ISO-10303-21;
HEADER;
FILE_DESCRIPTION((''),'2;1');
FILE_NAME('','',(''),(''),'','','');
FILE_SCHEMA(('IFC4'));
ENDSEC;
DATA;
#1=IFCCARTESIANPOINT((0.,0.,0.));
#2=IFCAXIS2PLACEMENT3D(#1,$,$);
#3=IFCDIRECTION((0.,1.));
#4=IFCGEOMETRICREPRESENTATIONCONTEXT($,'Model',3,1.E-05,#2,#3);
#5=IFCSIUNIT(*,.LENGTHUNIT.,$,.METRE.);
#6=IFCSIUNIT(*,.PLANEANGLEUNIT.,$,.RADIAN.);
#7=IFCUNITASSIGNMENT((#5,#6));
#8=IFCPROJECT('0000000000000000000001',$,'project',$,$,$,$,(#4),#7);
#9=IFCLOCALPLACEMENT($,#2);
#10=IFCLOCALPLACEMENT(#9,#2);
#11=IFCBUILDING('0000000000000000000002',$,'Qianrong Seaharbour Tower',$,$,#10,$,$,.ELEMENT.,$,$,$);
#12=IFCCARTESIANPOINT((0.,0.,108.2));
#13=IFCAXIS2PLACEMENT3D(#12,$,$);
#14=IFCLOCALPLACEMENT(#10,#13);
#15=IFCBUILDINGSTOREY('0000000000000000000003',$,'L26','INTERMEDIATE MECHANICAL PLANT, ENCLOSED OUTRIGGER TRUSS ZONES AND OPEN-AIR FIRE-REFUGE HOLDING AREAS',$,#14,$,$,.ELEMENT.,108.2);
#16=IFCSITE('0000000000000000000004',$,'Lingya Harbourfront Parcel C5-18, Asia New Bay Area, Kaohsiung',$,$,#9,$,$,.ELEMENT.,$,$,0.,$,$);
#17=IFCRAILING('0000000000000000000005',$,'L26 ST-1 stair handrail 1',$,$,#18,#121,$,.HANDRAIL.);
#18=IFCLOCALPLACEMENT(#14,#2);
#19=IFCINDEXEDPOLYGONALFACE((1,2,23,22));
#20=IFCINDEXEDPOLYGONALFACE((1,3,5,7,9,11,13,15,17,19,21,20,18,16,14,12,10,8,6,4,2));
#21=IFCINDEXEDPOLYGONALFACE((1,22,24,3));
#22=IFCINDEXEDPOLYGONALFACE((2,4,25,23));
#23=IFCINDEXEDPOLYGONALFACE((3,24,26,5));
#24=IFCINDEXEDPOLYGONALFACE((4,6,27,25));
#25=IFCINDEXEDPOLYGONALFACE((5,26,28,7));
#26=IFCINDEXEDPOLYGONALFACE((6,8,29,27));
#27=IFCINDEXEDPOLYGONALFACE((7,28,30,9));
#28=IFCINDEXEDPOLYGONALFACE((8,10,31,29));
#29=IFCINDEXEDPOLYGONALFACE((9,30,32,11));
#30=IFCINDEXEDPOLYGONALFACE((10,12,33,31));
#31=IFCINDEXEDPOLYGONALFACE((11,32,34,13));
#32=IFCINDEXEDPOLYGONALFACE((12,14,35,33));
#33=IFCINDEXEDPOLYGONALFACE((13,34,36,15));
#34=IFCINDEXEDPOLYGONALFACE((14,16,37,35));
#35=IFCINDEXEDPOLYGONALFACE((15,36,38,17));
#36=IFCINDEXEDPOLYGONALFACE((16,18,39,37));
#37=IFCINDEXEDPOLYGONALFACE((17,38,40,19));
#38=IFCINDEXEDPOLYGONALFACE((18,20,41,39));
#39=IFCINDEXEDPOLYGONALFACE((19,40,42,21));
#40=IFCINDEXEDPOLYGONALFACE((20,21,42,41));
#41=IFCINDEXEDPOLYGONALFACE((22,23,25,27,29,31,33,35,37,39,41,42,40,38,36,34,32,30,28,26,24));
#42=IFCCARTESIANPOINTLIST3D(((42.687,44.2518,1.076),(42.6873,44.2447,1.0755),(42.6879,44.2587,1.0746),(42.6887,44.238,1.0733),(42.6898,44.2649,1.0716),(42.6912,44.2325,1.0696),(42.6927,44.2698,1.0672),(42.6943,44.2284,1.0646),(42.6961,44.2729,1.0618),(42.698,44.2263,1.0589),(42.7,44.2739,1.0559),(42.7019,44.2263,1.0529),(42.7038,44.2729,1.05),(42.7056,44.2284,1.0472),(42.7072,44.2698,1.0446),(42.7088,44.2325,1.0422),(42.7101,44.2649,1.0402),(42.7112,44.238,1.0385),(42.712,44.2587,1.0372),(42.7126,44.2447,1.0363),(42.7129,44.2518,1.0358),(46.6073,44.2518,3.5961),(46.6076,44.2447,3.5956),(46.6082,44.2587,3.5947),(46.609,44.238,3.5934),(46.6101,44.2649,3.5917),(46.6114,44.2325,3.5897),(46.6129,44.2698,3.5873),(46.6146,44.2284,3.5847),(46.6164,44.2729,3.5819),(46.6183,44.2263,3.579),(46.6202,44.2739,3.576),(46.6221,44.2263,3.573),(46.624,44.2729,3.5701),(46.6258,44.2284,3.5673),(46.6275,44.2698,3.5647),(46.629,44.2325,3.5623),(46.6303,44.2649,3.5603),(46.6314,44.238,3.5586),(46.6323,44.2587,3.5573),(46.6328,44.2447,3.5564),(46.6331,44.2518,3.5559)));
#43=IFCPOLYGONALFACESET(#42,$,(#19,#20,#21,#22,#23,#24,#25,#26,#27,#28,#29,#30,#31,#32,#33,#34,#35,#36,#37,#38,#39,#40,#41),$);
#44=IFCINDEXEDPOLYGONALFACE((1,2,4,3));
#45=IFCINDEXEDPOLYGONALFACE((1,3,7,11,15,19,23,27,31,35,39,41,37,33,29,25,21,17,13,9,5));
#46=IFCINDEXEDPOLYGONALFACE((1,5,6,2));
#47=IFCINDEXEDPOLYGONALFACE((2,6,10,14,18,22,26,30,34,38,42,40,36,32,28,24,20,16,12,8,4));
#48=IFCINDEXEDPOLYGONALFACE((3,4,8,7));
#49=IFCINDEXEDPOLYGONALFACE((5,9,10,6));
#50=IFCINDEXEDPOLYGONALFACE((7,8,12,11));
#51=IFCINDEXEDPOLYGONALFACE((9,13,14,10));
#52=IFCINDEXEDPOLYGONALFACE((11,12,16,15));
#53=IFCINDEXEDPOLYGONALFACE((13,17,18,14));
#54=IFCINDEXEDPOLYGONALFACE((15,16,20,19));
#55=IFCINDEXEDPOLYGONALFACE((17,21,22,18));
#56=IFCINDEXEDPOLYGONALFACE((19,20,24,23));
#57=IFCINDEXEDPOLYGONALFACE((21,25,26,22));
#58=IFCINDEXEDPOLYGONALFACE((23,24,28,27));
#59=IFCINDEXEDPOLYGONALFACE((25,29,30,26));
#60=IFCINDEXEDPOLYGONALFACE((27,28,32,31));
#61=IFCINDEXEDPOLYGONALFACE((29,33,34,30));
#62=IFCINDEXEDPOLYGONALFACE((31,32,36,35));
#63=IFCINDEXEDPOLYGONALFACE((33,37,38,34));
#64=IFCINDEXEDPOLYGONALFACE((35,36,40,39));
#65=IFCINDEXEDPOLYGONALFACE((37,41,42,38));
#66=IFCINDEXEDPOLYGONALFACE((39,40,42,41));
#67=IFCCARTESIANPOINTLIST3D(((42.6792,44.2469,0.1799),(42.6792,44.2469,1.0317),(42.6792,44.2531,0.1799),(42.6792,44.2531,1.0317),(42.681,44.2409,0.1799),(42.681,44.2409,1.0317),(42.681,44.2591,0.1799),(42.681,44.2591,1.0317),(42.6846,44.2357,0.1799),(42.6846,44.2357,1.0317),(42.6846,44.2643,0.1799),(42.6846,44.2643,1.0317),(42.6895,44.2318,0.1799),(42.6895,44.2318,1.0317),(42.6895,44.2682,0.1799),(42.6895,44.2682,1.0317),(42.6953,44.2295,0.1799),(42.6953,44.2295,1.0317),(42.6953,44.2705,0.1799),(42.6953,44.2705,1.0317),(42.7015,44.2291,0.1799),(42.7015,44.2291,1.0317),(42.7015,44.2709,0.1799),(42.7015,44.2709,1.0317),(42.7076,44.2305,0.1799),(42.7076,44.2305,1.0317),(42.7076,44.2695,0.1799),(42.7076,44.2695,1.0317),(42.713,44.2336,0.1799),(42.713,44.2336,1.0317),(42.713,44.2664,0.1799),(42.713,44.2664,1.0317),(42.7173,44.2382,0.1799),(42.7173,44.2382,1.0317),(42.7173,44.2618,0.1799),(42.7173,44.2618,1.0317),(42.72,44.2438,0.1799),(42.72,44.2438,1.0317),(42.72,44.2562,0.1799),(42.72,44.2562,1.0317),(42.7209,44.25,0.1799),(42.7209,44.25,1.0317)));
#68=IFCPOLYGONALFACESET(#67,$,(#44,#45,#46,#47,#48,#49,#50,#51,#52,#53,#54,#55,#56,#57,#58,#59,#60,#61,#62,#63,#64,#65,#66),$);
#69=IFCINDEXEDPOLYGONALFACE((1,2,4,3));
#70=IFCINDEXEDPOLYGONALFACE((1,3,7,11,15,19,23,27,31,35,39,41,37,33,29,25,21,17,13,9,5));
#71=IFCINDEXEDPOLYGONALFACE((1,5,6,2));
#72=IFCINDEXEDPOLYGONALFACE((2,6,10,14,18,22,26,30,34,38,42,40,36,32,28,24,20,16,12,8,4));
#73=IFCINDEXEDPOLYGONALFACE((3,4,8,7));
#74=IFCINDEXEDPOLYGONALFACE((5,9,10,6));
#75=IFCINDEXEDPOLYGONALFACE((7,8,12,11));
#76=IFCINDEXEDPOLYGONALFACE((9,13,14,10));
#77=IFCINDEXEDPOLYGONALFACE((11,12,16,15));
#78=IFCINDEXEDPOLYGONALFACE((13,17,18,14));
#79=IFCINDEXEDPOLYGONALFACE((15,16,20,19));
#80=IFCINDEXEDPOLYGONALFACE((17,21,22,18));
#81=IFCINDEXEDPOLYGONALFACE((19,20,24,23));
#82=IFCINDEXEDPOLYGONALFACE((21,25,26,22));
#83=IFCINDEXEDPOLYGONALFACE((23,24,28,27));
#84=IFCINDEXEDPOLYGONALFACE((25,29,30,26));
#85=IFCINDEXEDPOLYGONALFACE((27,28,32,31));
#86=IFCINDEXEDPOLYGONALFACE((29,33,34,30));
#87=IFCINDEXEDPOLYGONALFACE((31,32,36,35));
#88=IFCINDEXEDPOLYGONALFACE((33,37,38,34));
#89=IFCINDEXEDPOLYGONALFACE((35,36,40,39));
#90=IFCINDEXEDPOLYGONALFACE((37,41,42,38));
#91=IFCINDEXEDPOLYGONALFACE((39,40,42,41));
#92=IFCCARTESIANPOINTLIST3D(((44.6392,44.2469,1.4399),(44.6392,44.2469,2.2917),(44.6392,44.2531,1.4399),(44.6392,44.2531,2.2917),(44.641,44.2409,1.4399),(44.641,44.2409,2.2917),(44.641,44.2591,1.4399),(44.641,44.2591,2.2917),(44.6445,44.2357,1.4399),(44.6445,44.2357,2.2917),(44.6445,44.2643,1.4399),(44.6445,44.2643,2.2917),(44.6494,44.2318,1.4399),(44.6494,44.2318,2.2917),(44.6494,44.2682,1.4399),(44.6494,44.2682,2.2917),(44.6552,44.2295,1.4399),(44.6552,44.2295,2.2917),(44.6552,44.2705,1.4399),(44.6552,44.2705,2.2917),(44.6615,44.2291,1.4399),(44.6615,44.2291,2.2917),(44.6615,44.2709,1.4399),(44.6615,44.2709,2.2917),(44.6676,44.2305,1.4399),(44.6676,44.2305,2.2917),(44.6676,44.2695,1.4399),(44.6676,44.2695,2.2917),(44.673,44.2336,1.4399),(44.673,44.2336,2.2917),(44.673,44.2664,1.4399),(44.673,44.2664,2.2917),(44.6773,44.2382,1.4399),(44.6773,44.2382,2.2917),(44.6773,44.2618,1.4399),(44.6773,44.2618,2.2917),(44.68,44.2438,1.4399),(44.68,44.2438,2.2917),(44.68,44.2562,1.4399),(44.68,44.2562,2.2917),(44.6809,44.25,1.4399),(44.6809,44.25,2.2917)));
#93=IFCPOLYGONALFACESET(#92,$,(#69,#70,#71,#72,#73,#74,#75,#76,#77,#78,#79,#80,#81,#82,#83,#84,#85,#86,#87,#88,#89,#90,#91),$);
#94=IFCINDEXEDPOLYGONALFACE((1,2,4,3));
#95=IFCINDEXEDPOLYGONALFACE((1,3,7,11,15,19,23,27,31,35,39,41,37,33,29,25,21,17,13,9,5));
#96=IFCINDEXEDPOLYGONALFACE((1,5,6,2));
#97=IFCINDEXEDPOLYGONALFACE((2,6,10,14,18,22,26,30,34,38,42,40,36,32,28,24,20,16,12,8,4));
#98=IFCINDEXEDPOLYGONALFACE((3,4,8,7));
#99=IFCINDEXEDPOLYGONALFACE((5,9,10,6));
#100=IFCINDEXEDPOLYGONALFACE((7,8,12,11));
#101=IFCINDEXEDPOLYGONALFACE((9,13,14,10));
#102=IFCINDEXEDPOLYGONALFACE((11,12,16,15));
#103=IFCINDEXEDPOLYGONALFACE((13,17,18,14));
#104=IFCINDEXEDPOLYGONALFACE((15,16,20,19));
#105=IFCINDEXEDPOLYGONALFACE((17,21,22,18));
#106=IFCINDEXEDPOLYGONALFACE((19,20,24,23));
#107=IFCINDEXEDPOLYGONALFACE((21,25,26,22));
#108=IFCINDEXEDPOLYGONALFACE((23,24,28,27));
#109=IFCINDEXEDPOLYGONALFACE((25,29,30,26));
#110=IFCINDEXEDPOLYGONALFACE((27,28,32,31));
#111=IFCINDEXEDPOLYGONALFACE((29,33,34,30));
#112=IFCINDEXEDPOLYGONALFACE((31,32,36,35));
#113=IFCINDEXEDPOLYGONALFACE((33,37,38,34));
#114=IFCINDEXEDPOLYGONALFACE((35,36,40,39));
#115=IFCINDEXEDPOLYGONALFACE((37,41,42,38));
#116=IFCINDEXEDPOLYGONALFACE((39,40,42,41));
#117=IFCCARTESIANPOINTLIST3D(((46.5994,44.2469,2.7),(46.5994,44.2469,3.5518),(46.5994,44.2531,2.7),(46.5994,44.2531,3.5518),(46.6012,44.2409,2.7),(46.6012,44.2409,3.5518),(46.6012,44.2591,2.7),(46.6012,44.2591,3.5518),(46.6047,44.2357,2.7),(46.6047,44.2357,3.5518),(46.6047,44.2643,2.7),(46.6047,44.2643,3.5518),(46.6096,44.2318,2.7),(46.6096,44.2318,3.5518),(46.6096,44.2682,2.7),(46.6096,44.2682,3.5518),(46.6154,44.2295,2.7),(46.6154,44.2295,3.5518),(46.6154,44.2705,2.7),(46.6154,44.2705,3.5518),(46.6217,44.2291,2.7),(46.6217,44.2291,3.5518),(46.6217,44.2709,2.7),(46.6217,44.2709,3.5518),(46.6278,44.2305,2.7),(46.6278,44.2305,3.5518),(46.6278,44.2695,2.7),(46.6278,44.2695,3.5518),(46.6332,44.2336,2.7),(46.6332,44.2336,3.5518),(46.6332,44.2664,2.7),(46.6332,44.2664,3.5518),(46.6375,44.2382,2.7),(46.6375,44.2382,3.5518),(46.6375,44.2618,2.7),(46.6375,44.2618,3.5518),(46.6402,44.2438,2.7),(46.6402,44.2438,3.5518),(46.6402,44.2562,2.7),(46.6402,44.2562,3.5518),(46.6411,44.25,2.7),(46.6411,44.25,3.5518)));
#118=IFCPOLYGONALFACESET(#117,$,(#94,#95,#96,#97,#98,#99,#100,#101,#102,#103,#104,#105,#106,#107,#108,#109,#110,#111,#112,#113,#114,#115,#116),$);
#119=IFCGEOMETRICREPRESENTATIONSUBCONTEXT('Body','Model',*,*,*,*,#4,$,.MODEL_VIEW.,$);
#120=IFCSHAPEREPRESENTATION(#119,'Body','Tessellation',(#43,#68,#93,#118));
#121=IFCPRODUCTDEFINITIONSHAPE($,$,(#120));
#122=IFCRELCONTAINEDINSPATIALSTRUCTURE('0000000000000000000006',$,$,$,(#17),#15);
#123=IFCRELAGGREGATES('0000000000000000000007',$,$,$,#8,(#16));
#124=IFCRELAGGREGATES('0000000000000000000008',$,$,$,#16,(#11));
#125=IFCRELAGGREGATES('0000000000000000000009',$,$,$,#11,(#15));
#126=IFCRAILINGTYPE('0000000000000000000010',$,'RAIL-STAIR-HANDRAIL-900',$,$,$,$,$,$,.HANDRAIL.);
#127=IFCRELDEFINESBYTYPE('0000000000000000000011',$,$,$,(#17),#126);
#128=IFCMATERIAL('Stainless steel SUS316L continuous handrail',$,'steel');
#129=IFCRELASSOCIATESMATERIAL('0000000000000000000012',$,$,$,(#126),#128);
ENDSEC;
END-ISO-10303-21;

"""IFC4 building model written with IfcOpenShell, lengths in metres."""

from ifc_helpers import new_model, si_unit, direction, frame, origin, origin_2d, place, context, subcontext, project, spatial, circle, extrude, material, type_object, element, save


model = new_model("IFC4")

# Units and contexts
model_context = context("Model", 3, precision=1e-05, world=origin(), true_north=direction((0.0, 1.0)))
body_context = subcontext(model_context, "Body", "Model", "MODEL_VIEW")
ifc_project = project(units=[si_unit("LENGTHUNIT", "METRE"), si_unit("PLANEANGLEUNIT", "RADIAN")], contexts=[model_context])

# Site, building, storey
site_placement = place(None, origin())
site = spatial("IfcSite", under=ifc_project, at=site_placement, Name="Lingya Harbourfront Parcel C5-18, Asia New Bay Area, Kaohsiung", CompositionType="ELEMENT", RefElevation=0.0)
building_placement = place(site_placement, origin())
building = spatial("IfcBuilding", under=site, at=building_placement, Name="Qianrong Seaharbour Tower", CompositionType="ELEMENT")
storey_placement = place(building_placement, frame((0.0, 0.0, 108.2)))
storey = spatial("IfcBuildingStorey", under=building, at=storey_placement, Name="L26", Description="INTERMEDIATE MECHANICAL PLANT, ENCLOSED OUTRIGGER TRUSS ZONES AND OPEN-AIR FIRE-REFUGE HOLDING AREAS", CompositionType="ELEMENT", Elevation=108.2)

# Railing
ifc_material_1 = material(Name="Stainless steel SUS316L continuous handrail", Category="steel")
railing_type_1 = type_object("IfcRailingType", Name="RAIL-STAIR-HANDRAIL-900", PredefinedType="HANDRAIL", material=ifc_material_1)
railing_1_placement = place(storey_placement, frame((42.7, 44.25, 0.1799)))
element("IfcRailing", 1, at=railing_1_placement, inside=storey, type_object=railing_type_1, Name="L26 ST-1 stair handrail 1", PredefinedType="HANDRAIL", context=body_context, shape_type="SweptSolid", body=[
    extrude(circle(Radius=0.0239, at=origin_2d()), frame((0.0, 0.0, 0.876), z_axis=(0.841187, 0.0, 0.540744), x_axis=(0.0, 1.0, 0.0)), (0.0, 0.0, 1.0), 4.6604),
    extrude(circle(Radius=0.021, at=origin_2d()), origin(), (0.0, 0.0, 1.0), 0.8518),
    extrude(circle(Radius=0.021, at=origin_2d()), frame((1.96, 0.0, 1.26)), (0.0, 0.0, 1.0), 0.8518),
    extrude(circle(Radius=0.021, at=origin_2d()), frame((3.9202, 0.0, 2.52)), (0.0, 0.0, 1.0), 0.8518),
])

save(model, "model.ifc")
